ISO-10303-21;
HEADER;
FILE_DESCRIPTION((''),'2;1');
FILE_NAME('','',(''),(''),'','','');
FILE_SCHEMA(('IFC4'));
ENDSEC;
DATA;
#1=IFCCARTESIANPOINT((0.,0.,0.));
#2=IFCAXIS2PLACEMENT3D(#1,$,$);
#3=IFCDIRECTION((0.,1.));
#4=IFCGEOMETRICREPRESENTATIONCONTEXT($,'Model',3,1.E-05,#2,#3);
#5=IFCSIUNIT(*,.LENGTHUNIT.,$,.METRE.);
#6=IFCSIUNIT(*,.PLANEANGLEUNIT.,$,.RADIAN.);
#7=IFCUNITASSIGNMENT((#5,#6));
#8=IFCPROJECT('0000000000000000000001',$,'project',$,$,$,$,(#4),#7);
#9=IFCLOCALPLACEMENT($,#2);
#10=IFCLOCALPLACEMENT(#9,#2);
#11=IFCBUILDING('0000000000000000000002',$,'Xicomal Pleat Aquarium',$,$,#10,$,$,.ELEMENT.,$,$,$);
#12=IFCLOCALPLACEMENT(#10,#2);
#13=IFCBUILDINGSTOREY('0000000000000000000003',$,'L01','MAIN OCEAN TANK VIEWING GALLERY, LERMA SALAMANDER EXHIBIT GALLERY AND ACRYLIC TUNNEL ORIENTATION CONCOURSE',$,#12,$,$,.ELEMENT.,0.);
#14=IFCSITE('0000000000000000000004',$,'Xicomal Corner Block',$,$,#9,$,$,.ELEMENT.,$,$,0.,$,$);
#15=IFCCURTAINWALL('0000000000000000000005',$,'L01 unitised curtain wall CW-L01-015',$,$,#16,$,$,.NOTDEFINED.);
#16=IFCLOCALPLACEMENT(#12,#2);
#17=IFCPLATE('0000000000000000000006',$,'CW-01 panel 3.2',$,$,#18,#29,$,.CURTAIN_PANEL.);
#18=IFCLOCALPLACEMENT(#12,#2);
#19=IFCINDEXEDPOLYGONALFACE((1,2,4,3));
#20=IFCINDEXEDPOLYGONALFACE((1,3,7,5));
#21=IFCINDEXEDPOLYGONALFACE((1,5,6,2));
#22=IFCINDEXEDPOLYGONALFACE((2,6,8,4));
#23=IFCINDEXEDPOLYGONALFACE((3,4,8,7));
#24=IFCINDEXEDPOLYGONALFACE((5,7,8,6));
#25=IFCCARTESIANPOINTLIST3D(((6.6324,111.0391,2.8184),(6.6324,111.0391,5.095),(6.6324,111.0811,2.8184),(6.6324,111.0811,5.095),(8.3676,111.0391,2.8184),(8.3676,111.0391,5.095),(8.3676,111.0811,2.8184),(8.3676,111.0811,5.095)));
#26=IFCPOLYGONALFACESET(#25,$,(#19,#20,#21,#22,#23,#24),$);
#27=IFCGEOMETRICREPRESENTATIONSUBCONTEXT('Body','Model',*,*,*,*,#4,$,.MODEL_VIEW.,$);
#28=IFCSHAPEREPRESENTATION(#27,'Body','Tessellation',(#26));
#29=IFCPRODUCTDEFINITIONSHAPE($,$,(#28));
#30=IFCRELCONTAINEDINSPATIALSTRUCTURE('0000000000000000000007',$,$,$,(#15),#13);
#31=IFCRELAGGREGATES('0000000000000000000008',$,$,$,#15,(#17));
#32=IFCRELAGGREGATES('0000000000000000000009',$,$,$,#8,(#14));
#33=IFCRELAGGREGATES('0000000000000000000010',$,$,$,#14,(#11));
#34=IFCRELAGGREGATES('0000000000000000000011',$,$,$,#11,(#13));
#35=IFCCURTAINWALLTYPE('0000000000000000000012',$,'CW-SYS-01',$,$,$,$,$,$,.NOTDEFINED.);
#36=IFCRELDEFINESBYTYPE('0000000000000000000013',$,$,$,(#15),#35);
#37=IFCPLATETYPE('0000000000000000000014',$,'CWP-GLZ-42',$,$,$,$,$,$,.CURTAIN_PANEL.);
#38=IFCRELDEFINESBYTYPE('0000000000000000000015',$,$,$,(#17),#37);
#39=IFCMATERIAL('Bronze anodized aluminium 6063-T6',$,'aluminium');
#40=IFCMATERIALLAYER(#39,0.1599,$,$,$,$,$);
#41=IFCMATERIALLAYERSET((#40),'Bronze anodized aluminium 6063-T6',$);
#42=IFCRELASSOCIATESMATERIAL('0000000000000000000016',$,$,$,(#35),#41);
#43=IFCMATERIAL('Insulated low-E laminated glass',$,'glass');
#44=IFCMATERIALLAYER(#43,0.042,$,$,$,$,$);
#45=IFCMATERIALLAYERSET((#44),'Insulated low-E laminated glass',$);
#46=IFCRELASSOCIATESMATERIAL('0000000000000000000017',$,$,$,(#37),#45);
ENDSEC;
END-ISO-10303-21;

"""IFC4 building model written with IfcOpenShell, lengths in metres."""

from ifc_helpers import new_model, si_unit, direction, frame, origin, origin_2d, place, context, subcontext, project, spatial, rectangle, extrude, material, layer, layer_set, type_object, element, aggregate, save


model = new_model("IFC4")

# Units and contexts
model_context = context("Model", 3, precision=1e-05, world=origin(), true_north=direction((0.0, 1.0)))
body_context = subcontext(model_context, "Body", "Model", "MODEL_VIEW")
ifc_project = project(units=[si_unit("LENGTHUNIT", "METRE"), si_unit("PLANEANGLEUNIT", "RADIAN")], contexts=[model_context])

# Site, building, storey
site_placement = place(None, origin())
site = spatial("IfcSite", under=ifc_project, at=site_placement, Name="Xicomal Corner Block", CompositionType="ELEMENT", RefElevation=0.0)
building_placement = place(site_placement, origin())
building = spatial("IfcBuilding", under=site, at=building_placement, Name="Xicomal Pleat Aquarium", CompositionType="ELEMENT")
storey_placement = place(building_placement, origin())
storey = spatial("IfcBuildingStorey", under=building, at=storey_placement, Name="L01", Description="MAIN OCEAN TANK VIEWING GALLERY, LERMA SALAMANDER EXHIBIT GALLERY AND ACRYLIC TUNNEL ORIENTATION CONCOURSE", CompositionType="ELEMENT", Elevation=0.0)

# Curtain wall
ifc_material_1 = material(Name="Bronze anodized aluminium 6063-T6", Category="aluminium")
ifc_layer_1 = layer(ifc_material_1, 0.1599)
ifc_layer_set_1 = layer_set([ifc_layer_1], Name="Bronze anodized aluminium 6063-T6")
curtain_wall_type_1 = type_object("IfcCurtainWallType", Name="CW-SYS-01", PredefinedType="NOTDEFINED", material=ifc_layer_set_1)
curtain_wall_1_placement = place(storey_placement, origin())
curtain_wall_1 = element("IfcCurtainWall", 1, at=curtain_wall_1_placement, inside=storey, type_object=curtain_wall_type_1, Name="L01 unitised curtain wall CW-L01-015", PredefinedType="NOTDEFINED")

# Plate
ifc_material_2 = material(Name="Insulated low-E laminated glass", Category="glass")
ifc_layer_2 = layer(ifc_material_2, 0.042)
ifc_layer_set_2 = layer_set([ifc_layer_2], Name="Insulated low-E laminated glass")
plate_type_1 = type_object("IfcPlateType", Name="CWP-GLZ-42", PredefinedType="CURTAIN_PANEL", material=ifc_layer_set_2)
plate_1_placement = place(storey_placement, frame((7.5, 111.0601, 2.8184), z_axis=(0.0, 0.0, 1.0), x_axis=(1.0, 0.0, 0.0)))
plate_1 = element("IfcPlate", 2, at=plate_1_placement, type_object=plate_type_1, Name="CW-01 panel 3.2", PredefinedType="CURTAIN_PANEL", context=body_context, shape_type="SweptSolid", body=[
    extrude(rectangle(XDim=1.7351, YDim=0.042, at=origin_2d()), origin(), (0.0, 0.0, 1.0), 2.2766),
])
aggregate(curtain_wall_1, [plate_1])

save(model, "model.ifc")
